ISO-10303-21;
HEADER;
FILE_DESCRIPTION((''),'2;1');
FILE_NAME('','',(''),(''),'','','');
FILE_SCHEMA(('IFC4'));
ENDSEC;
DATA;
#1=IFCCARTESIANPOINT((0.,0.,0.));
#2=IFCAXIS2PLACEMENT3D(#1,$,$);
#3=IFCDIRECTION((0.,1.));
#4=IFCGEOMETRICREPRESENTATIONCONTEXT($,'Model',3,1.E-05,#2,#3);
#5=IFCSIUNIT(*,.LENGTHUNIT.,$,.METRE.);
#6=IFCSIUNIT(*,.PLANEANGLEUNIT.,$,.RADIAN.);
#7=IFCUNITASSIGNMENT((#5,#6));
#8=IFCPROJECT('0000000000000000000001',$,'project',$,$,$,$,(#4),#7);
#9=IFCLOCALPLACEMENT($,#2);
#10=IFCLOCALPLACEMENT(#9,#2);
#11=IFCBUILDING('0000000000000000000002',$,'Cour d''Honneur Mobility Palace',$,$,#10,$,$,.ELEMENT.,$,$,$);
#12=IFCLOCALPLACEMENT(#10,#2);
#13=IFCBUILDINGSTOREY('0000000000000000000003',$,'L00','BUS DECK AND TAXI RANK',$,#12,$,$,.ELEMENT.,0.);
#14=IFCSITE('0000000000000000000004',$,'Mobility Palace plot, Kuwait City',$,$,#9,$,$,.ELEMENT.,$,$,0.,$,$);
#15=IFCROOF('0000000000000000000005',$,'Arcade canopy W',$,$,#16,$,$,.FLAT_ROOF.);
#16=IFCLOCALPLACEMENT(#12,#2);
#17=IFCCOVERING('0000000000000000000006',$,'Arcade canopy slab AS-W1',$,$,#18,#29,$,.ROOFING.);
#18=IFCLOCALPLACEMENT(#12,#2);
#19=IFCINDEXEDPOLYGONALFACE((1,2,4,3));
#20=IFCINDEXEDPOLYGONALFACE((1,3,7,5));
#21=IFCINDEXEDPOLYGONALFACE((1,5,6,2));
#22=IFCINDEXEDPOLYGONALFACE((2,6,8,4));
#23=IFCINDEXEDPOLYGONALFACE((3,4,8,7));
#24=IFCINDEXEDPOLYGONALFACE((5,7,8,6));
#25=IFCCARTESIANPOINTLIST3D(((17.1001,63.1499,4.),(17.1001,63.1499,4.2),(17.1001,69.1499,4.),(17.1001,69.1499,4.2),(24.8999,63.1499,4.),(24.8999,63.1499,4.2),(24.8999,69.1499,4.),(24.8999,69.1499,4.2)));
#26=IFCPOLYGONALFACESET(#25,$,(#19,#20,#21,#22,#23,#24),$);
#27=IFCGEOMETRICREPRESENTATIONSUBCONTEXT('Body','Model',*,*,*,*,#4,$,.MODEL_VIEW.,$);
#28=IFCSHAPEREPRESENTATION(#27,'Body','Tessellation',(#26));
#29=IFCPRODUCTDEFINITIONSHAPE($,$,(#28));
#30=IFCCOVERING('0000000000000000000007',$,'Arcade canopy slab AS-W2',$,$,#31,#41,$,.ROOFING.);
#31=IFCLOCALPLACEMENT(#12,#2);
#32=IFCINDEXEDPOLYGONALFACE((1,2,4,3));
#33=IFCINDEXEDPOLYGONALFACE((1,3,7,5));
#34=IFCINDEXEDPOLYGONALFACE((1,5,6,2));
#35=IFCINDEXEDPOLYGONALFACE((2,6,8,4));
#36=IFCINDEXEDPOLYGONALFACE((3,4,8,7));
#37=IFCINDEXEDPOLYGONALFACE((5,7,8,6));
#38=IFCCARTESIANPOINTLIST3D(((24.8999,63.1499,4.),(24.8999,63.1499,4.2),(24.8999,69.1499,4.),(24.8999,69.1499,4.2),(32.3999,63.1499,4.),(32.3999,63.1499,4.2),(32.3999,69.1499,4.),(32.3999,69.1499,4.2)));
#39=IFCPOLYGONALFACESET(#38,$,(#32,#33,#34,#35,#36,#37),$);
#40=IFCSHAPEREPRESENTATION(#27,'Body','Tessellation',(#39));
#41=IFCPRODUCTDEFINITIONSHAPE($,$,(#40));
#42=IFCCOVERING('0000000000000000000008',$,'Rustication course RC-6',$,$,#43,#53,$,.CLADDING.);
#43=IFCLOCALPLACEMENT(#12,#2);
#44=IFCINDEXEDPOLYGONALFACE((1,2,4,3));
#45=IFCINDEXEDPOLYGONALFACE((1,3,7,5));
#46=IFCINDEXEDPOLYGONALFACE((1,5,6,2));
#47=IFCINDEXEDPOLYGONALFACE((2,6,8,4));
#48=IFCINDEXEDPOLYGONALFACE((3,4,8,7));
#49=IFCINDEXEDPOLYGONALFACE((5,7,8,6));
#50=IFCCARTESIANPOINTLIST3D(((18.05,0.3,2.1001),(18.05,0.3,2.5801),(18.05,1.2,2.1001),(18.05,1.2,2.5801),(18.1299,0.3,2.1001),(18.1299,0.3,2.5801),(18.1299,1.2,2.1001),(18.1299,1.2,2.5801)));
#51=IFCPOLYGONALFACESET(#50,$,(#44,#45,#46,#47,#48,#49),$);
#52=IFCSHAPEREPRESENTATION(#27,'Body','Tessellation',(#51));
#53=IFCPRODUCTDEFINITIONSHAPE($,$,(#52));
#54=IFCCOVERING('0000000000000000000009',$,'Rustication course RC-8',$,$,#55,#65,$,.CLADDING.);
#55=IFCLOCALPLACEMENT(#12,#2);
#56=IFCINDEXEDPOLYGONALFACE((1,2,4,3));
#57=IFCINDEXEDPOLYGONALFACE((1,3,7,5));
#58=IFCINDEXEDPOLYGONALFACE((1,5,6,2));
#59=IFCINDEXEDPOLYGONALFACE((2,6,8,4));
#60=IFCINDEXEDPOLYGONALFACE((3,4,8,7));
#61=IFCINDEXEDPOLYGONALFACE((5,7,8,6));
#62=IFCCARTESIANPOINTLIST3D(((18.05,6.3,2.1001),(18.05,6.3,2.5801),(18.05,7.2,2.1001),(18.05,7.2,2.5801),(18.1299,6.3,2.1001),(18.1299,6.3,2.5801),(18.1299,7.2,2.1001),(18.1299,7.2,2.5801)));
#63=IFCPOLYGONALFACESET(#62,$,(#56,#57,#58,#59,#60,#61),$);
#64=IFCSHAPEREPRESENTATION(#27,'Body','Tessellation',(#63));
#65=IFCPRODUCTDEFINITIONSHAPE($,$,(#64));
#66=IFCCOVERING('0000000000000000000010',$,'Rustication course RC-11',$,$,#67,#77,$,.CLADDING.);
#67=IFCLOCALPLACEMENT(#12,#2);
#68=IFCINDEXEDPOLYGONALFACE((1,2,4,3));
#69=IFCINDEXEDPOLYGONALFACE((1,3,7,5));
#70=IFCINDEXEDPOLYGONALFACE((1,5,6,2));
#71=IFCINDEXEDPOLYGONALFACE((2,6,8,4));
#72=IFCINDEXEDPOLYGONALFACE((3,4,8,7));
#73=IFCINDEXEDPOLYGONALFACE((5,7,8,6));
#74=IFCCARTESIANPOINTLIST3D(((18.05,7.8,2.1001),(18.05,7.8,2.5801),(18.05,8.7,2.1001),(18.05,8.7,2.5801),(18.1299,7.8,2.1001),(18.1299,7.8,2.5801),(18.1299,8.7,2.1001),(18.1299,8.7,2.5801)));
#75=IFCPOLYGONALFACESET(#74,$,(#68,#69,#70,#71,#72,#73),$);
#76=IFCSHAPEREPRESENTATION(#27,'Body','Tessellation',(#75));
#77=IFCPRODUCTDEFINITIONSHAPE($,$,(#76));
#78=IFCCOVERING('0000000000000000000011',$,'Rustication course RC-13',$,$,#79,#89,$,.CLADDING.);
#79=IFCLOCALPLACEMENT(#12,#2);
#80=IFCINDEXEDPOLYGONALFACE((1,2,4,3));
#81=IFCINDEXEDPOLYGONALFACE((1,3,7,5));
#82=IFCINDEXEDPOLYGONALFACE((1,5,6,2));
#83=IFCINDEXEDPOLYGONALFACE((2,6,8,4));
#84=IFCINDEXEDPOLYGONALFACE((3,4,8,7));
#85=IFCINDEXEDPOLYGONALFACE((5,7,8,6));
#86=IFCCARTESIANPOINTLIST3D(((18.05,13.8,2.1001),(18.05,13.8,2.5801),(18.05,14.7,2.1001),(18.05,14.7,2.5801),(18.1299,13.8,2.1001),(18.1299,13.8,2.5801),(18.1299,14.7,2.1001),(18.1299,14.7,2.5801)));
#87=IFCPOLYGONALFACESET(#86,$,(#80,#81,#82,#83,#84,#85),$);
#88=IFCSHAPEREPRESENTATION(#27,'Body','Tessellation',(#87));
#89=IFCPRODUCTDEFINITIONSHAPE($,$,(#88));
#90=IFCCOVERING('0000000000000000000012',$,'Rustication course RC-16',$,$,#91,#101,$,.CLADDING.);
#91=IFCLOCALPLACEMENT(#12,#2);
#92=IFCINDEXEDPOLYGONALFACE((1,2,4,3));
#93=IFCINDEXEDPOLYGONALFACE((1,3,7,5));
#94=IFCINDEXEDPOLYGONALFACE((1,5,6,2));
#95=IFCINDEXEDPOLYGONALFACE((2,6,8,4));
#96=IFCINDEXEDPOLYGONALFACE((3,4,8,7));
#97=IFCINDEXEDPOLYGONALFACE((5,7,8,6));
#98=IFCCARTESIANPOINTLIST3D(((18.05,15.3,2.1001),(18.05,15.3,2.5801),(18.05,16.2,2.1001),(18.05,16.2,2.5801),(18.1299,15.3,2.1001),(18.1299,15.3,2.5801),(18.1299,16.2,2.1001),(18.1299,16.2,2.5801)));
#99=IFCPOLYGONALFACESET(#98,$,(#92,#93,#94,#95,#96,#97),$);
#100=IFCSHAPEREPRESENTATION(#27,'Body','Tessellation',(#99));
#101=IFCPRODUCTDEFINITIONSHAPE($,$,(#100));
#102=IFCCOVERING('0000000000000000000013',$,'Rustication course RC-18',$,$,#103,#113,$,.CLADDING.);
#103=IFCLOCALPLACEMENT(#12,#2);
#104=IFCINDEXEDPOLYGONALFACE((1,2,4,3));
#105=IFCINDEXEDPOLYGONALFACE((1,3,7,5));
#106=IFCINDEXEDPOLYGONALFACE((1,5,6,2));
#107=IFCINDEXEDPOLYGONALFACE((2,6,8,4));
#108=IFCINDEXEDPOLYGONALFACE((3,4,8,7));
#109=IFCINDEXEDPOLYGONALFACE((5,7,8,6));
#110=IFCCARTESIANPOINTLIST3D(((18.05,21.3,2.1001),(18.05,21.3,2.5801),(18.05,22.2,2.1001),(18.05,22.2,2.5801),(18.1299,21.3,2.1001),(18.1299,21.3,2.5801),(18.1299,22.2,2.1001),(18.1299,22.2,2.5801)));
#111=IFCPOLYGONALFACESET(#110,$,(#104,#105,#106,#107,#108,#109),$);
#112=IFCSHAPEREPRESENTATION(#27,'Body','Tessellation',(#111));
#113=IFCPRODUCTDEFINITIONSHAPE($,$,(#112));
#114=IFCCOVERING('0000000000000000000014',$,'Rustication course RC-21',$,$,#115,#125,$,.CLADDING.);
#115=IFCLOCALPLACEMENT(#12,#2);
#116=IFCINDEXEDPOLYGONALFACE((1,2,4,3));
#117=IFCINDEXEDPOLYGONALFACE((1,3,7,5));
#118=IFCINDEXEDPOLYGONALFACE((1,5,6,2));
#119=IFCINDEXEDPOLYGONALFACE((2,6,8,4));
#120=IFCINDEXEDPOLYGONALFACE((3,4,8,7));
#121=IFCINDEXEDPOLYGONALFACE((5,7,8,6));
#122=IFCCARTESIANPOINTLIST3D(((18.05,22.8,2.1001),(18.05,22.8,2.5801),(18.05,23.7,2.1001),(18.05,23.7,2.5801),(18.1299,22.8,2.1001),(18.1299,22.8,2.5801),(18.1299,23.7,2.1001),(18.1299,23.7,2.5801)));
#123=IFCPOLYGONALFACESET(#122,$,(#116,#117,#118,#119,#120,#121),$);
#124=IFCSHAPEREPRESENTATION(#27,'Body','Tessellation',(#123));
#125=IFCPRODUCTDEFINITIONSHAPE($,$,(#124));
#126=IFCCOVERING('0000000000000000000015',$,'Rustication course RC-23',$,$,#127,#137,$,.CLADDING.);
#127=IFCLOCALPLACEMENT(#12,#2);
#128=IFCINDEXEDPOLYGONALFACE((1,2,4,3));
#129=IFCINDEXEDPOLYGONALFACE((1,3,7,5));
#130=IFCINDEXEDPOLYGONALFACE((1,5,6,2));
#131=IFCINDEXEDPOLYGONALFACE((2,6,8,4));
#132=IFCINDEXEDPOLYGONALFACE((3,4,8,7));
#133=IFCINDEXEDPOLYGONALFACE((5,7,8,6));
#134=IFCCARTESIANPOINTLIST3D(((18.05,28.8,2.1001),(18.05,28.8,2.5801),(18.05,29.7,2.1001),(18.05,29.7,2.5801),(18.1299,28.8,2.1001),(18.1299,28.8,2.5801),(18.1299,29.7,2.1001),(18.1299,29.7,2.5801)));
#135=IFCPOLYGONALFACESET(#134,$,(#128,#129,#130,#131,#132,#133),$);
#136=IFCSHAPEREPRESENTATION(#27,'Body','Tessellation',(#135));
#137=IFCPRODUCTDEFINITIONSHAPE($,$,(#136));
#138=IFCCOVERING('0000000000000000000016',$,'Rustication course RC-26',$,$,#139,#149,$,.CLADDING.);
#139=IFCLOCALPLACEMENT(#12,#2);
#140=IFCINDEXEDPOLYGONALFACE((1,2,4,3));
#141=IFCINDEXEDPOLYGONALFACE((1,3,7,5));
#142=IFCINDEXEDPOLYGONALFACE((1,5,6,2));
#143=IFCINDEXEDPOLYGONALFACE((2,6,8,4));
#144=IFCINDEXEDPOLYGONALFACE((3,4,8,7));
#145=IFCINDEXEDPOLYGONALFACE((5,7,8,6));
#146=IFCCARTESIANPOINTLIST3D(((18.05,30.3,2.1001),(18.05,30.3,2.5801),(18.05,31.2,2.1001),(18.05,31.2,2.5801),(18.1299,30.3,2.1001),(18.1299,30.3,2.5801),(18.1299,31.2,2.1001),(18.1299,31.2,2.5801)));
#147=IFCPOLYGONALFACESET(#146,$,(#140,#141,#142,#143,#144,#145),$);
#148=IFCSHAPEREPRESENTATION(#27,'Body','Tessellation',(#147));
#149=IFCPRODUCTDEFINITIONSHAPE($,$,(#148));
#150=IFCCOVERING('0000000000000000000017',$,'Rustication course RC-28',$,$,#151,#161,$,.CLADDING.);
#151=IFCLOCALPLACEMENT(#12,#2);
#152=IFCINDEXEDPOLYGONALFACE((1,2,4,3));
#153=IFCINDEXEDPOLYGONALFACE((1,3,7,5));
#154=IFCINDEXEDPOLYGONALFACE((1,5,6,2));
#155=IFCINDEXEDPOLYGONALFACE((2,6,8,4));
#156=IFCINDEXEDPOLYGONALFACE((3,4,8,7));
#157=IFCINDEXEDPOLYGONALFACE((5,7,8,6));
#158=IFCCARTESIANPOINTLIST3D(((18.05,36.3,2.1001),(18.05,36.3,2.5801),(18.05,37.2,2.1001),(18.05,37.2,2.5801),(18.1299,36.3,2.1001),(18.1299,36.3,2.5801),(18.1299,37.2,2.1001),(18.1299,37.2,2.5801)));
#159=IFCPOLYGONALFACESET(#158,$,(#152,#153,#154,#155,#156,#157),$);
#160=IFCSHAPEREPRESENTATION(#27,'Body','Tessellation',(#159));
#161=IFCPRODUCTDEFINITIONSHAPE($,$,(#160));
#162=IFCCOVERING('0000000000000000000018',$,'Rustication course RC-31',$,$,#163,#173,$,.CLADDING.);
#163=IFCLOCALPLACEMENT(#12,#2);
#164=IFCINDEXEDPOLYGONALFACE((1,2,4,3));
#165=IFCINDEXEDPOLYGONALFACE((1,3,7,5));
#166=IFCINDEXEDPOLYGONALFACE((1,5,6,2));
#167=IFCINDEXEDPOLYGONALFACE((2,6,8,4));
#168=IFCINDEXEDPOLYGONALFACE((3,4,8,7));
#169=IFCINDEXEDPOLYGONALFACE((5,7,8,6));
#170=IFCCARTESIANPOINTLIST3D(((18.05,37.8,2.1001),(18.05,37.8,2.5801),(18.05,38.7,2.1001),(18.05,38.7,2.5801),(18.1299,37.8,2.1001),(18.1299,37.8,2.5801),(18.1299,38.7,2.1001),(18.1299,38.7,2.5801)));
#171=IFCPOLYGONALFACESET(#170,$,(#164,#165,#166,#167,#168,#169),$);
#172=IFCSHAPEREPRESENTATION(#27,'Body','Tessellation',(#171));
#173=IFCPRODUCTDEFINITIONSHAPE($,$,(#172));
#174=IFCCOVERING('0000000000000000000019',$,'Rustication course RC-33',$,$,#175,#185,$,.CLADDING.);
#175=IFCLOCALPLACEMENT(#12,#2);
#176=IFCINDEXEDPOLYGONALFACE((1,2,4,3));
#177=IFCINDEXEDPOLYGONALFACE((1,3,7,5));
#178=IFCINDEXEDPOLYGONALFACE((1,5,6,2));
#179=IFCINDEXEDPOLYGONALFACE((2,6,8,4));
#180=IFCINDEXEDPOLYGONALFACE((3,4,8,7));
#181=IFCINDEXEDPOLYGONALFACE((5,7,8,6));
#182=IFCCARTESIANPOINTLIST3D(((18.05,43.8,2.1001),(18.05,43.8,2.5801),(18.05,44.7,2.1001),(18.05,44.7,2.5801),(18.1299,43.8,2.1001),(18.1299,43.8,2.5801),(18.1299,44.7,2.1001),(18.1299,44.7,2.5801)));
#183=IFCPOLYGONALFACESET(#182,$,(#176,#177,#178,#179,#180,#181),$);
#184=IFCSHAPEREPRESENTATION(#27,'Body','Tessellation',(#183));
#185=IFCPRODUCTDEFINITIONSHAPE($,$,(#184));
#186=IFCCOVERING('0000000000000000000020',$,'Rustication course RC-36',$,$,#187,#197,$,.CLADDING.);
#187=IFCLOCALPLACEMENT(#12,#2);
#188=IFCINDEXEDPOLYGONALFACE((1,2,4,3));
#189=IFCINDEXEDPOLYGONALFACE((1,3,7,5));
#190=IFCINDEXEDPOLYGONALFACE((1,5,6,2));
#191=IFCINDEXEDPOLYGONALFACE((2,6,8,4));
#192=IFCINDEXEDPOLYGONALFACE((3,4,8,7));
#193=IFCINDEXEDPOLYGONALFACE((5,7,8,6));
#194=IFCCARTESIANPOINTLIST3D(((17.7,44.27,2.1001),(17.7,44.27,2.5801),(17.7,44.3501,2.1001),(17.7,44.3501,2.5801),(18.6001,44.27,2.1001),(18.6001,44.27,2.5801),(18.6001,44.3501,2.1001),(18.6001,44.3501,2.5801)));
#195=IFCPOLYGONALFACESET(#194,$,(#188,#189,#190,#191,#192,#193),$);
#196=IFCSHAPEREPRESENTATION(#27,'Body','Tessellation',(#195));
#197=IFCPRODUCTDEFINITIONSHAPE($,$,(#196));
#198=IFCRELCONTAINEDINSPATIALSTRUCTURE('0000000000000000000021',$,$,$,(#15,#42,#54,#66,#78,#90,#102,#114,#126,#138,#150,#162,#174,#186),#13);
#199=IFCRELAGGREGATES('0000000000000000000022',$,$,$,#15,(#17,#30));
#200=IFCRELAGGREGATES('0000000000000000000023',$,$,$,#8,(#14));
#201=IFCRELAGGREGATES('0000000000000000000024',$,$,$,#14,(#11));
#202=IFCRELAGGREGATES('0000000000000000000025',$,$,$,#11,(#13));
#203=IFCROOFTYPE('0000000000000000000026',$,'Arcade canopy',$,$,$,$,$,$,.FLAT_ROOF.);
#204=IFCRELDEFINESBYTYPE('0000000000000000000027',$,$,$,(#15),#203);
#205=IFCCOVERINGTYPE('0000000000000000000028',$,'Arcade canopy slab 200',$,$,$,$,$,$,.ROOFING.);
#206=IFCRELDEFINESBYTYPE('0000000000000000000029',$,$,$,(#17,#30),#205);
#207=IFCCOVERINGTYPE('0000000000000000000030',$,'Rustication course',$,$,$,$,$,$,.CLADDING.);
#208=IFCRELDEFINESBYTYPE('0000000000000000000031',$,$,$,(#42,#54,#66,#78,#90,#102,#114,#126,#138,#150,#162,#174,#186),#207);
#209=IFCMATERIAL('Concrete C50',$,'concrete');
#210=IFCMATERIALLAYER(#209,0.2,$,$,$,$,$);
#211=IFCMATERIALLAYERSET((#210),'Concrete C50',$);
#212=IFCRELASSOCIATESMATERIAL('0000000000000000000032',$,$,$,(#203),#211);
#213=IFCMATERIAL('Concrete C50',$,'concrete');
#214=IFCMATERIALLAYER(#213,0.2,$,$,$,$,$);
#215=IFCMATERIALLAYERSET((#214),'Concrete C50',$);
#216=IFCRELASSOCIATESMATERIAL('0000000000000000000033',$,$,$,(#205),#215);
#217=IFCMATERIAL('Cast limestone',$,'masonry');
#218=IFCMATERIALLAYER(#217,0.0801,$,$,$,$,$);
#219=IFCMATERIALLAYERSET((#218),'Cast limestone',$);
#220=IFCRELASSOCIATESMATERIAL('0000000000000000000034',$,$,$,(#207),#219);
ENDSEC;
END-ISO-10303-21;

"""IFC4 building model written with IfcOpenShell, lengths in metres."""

from ifc_helpers import new_model, si_unit, direction, frame, origin, place, context, subcontext, project, spatial, polyline, outline, extrude, material, layer, layer_set, type_object, element, aggregate, save


model = new_model("IFC4")

# Units and contexts
model_context = context("Model", 3, precision=1e-05, world=origin(), true_north=direction((0.0, 1.0)))
body_context = subcontext(model_context, "Body", "Model", "MODEL_VIEW")
ifc_project = project(units=[si_unit("LENGTHUNIT", "METRE"), si_unit("PLANEANGLEUNIT", "RADIAN")], contexts=[model_context])

# Site, building, storey
site_placement = place(None, origin())
site = spatial("IfcSite", under=ifc_project, at=site_placement, Name="Mobility Palace plot, Kuwait City", CompositionType="ELEMENT", RefElevation=0.0)
building_placement = place(site_placement, origin())
building = spatial("IfcBuilding", under=site, at=building_placement, Name="Cour d'Honneur Mobility Palace", CompositionType="ELEMENT")
storey_placement = place(building_placement, origin())
storey = spatial("IfcBuildingStorey", under=building, at=storey_placement, Name="L00", Description="BUS DECK AND TAXI RANK", CompositionType="ELEMENT", Elevation=0.0)

# Roof, coverings
ifc_material_1 = material(Name="Concrete C50", Category="concrete")
ifc_layer_1 = layer(ifc_material_1, 0.2)
ifc_layer_set_1 = layer_set([ifc_layer_1], Name="Concrete C50")
roof_type = type_object("IfcRoofType", Name="Arcade canopy", PredefinedType="FLAT_ROOF", material=ifc_layer_set_1)
roof_placement = place(storey_placement, origin())
roof = element("IfcRoof", 1, at=roof_placement, inside=storey, type_object=roof_type, Name="Arcade canopy W", PredefinedType="FLAT_ROOF")
ifc_material_2 = material(Name="Concrete C50", Category="concrete")
ifc_layer_2 = layer(ifc_material_2, 0.2)
ifc_layer_set_2 = layer_set([ifc_layer_2], Name="Concrete C50")
covering_type_1 = type_object("IfcCoveringType", Name="Arcade canopy slab 200", PredefinedType="ROOFING", material=ifc_layer_set_2)
covering_1_placement = place(storey_placement, frame((0.0, 0.0, 4.0)))
covering_1 = element("IfcCovering", 2, at=covering_1_placement, type_object=covering_type_1, Name="Arcade canopy slab AS-W1", PredefinedType="ROOFING", context=body_context, shape_type="SweptSolid", body=[
    extrude(outline(polyline([(17.1001, 63.1499), (24.8999, 63.1499), (24.8999, 69.1499), (17.1001, 69.1499), (17.1001, 63.1499)])), origin(), (0.0, 0.0, 1.0), 0.2),
])
covering_2_placement = place(storey_placement, frame((0.0, 0.0, 4.0)))
covering_2 = element("IfcCovering", 3, at=covering_2_placement, type_object=covering_type_1, Name="Arcade canopy slab AS-W2", PredefinedType="ROOFING", context=body_context, shape_type="SweptSolid", body=[
    extrude(outline(polyline([(24.8999, 63.1499), (32.3999, 63.1499), (32.3999, 69.1499), (24.8999, 69.1499), (24.8999, 63.1499)])), origin(), (0.0, 0.0, 1.0), 0.2),
])
aggregate(roof, [covering_1, covering_2])

# Coverings
ifc_material_3 = material(Name="Cast limestone", Category="masonry")
ifc_layer_3 = layer(ifc_material_3, 0.0801)
ifc_layer_set_3 = layer_set([ifc_layer_3], Name="Cast limestone")
covering_type_2 = type_object("IfcCoveringType", Name="Rustication course", PredefinedType="CLADDING", material=ifc_layer_set_3)
covering_3_placement = place(storey_placement, frame((0.0, 0.0, 2.1001)))
element("IfcCovering", 4, at=covering_3_placement, inside=storey, type_object=covering_type_2, Name="Rustication course RC-6", PredefinedType="CLADDING", context=body_context, shape_type="SweptSolid", body=[
    extrude(outline(polyline([(18.05, 0.3), (18.05, 1.2), (18.1299, 1.2), (18.1299, 0.3), (18.05, 0.3)])), origin(), (0.0, 0.0, 1.0), 0.48),
])
covering_4_placement = place(storey_placement, frame((0.0, 0.0, 2.1001)))
element("IfcCovering", 5, at=covering_4_placement, inside=storey, type_object=covering_type_2, Name="Rustication course RC-8", PredefinedType="CLADDING", context=body_context, shape_type="SweptSolid", body=[
    extrude(outline(polyline([(18.05, 6.3), (18.05, 7.2), (18.1299, 7.2), (18.1299, 6.3), (18.05, 6.3)])), origin(), (0.0, 0.0, 1.0), 0.48),
])
covering_5_placement = place(storey_placement, frame((0.0, 0.0, 2.1001)))
element("IfcCovering", 6, at=covering_5_placement, inside=storey, type_object=covering_type_2, Name="Rustication course RC-11", PredefinedType="CLADDING", context=body_context, shape_type="SweptSolid", body=[
    extrude(outline(polyline([(18.05, 7.8), (18.05, 8.7), (18.1299, 8.7), (18.1299, 7.8), (18.05, 7.8)])), origin(), (0.0, 0.0, 1.0), 0.48),
])
covering_6_placement = place(storey_placement, frame((0.0, 0.0, 2.1001)))
element("IfcCovering", 7, at=covering_6_placement, inside=storey, type_object=covering_type_2, Name="Rustication course RC-13", PredefinedType="CLADDING", context=body_context, shape_type="SweptSolid", body=[
    extrude(outline(polyline([(18.05, 13.8), (18.05, 14.7), (18.1299, 14.7), (18.1299, 13.8), (18.05, 13.8)])), origin(), (0.0, 0.0, 1.0), 0.48),
])
covering_7_placement = place(storey_placement, frame((0.0, 0.0, 2.1001)))
element("IfcCovering", 8, at=covering_7_placement, inside=storey, type_object=covering_type_2, Name="Rustication course RC-16", PredefinedType="CLADDING", context=body_context, shape_type="SweptSolid", body=[
    extrude(outline(polyline([(18.05, 15.3), (18.05, 16.2), (18.1299, 16.2), (18.1299, 15.3), (18.05, 15.3)])), origin(), (0.0, 0.0, 1.0), 0.48),
])
covering_8_placement = place(storey_placement, frame((0.0, 0.0, 2.1001)))
element("IfcCovering", 9, at=covering_8_placement, inside=storey, type_object=covering_type_2, Name="Rustication course RC-18", PredefinedType="CLADDING", context=body_context, shape_type="SweptSolid", body=[
    extrude(outline(polyline([(18.05, 21.3), (18.05, 22.2), (18.1299, 22.2), (18.1299, 21.3), (18.05, 21.3)])), origin(), (0.0, 0.0, 1.0), 0.48),
])
covering_9_placement = place(storey_placement, frame((0.0, 0.0, 2.1001)))
element("IfcCovering", 10, at=covering_9_placement, inside=storey, type_object=covering_type_2, Name="Rustication course RC-21", PredefinedType="CLADDING", context=body_context, shape_type="SweptSolid", body=[
    extrude(outline(polyline([(18.05, 22.8), (18.05, 23.7), (18.1299, 23.7), (18.1299, 22.8), (18.05, 22.8)])), origin(), (0.0, 0.0, 1.0), 0.48),
])
covering_10_placement = place(storey_placement, frame((0.0, 0.0, 2.1001)))
element("IfcCovering", 11, at=covering_10_placement, inside=storey, type_object=covering_type_2, Name="Rustication course RC-23", PredefinedType="CLADDING", context=body_context, shape_type="SweptSolid", body=[
    extrude(outline(polyline([(18.05, 28.8), (18.05, 29.7), (18.1299, 29.7), (18.1299, 28.8), (18.05, 28.8)])), origin(), (0.0, 0.0, 1.0), 0.48),
])
covering_11_placement = place(storey_placement, frame((0.0, 0.0, 2.1001)))
element("IfcCovering", 12, at=covering_11_placement, inside=storey, type_object=covering_type_2, Name="Rustication course RC-26", PredefinedType="CLADDING", context=body_context, shape_type="SweptSolid", body=[
    extrude(outline(polyline([(18.05, 30.3), (18.05, 31.2), (18.1299, 31.2), (18.1299, 30.3), (18.05, 30.3)])), origin(), (0.0, 0.0, 1.0), 0.48),
])
covering_12_placement = place(storey_placement, frame((0.0, 0.0, 2.1001)))
element("IfcCovering", 13, at=covering_12_placement, inside=storey, type_object=covering_type_2, Name="Rustication course RC-28", PredefinedType="CLADDING", context=body_context, shape_type="SweptSolid", body=[
    extrude(outline(polyline([(18.05, 36.3), (18.05, 37.2), (18.1299, 37.2), (18.1299, 36.3), (18.05, 36.3)])), origin(), (0.0, 0.0, 1.0), 0.48),
])
covering_13_placement = place(storey_placement, frame((0.0, 0.0, 2.1001)))
element("IfcCovering", 14, at=covering_13_placement, inside=storey, type_object=covering_type_2, Name="Rustication course RC-31", PredefinedType="CLADDING", context=body_context, shape_type="SweptSolid", body=[
    extrude(outline(polyline([(18.05, 37.8), (18.05, 38.7), (18.1299, 38.7), (18.1299, 37.8), (18.05, 37.8)])), origin(), (0.0, 0.0, 1.0), 0.48),
])
covering_14_placement = place(storey_placement, frame((0.0, 0.0, 2.1001)))
element("IfcCovering", 15, at=covering_14_placement, inside=storey, type_object=covering_type_2, Name="Rustication course RC-33", PredefinedType="CLADDING", context=body_context, shape_type="SweptSolid", body=[
    extrude(outline(polyline([(18.05, 43.8), (18.05, 44.7), (18.1299, 44.7), (18.1299, 43.8), (18.05, 43.8)])), origin(), (0.0, 0.0, 1.0), 0.48),
])
covering_15_placement = place(storey_placement, frame((0.0, 0.0, 2.1001)))
element("IfcCovering", 16, at=covering_15_placement, inside=storey, type_object=covering_type_2, Name="Rustication course RC-36", PredefinedType="CLADDING", context=body_context, shape_type="SweptSolid", body=[
    extrude(outline(polyline([(17.7, 44.3501), (18.6001, 44.3501), (18.6001, 44.27), (17.7, 44.27), (17.7, 44.3501)])), origin(), (0.0, 0.0, 1.0), 0.48),
])

save(model, "model.ifc")
